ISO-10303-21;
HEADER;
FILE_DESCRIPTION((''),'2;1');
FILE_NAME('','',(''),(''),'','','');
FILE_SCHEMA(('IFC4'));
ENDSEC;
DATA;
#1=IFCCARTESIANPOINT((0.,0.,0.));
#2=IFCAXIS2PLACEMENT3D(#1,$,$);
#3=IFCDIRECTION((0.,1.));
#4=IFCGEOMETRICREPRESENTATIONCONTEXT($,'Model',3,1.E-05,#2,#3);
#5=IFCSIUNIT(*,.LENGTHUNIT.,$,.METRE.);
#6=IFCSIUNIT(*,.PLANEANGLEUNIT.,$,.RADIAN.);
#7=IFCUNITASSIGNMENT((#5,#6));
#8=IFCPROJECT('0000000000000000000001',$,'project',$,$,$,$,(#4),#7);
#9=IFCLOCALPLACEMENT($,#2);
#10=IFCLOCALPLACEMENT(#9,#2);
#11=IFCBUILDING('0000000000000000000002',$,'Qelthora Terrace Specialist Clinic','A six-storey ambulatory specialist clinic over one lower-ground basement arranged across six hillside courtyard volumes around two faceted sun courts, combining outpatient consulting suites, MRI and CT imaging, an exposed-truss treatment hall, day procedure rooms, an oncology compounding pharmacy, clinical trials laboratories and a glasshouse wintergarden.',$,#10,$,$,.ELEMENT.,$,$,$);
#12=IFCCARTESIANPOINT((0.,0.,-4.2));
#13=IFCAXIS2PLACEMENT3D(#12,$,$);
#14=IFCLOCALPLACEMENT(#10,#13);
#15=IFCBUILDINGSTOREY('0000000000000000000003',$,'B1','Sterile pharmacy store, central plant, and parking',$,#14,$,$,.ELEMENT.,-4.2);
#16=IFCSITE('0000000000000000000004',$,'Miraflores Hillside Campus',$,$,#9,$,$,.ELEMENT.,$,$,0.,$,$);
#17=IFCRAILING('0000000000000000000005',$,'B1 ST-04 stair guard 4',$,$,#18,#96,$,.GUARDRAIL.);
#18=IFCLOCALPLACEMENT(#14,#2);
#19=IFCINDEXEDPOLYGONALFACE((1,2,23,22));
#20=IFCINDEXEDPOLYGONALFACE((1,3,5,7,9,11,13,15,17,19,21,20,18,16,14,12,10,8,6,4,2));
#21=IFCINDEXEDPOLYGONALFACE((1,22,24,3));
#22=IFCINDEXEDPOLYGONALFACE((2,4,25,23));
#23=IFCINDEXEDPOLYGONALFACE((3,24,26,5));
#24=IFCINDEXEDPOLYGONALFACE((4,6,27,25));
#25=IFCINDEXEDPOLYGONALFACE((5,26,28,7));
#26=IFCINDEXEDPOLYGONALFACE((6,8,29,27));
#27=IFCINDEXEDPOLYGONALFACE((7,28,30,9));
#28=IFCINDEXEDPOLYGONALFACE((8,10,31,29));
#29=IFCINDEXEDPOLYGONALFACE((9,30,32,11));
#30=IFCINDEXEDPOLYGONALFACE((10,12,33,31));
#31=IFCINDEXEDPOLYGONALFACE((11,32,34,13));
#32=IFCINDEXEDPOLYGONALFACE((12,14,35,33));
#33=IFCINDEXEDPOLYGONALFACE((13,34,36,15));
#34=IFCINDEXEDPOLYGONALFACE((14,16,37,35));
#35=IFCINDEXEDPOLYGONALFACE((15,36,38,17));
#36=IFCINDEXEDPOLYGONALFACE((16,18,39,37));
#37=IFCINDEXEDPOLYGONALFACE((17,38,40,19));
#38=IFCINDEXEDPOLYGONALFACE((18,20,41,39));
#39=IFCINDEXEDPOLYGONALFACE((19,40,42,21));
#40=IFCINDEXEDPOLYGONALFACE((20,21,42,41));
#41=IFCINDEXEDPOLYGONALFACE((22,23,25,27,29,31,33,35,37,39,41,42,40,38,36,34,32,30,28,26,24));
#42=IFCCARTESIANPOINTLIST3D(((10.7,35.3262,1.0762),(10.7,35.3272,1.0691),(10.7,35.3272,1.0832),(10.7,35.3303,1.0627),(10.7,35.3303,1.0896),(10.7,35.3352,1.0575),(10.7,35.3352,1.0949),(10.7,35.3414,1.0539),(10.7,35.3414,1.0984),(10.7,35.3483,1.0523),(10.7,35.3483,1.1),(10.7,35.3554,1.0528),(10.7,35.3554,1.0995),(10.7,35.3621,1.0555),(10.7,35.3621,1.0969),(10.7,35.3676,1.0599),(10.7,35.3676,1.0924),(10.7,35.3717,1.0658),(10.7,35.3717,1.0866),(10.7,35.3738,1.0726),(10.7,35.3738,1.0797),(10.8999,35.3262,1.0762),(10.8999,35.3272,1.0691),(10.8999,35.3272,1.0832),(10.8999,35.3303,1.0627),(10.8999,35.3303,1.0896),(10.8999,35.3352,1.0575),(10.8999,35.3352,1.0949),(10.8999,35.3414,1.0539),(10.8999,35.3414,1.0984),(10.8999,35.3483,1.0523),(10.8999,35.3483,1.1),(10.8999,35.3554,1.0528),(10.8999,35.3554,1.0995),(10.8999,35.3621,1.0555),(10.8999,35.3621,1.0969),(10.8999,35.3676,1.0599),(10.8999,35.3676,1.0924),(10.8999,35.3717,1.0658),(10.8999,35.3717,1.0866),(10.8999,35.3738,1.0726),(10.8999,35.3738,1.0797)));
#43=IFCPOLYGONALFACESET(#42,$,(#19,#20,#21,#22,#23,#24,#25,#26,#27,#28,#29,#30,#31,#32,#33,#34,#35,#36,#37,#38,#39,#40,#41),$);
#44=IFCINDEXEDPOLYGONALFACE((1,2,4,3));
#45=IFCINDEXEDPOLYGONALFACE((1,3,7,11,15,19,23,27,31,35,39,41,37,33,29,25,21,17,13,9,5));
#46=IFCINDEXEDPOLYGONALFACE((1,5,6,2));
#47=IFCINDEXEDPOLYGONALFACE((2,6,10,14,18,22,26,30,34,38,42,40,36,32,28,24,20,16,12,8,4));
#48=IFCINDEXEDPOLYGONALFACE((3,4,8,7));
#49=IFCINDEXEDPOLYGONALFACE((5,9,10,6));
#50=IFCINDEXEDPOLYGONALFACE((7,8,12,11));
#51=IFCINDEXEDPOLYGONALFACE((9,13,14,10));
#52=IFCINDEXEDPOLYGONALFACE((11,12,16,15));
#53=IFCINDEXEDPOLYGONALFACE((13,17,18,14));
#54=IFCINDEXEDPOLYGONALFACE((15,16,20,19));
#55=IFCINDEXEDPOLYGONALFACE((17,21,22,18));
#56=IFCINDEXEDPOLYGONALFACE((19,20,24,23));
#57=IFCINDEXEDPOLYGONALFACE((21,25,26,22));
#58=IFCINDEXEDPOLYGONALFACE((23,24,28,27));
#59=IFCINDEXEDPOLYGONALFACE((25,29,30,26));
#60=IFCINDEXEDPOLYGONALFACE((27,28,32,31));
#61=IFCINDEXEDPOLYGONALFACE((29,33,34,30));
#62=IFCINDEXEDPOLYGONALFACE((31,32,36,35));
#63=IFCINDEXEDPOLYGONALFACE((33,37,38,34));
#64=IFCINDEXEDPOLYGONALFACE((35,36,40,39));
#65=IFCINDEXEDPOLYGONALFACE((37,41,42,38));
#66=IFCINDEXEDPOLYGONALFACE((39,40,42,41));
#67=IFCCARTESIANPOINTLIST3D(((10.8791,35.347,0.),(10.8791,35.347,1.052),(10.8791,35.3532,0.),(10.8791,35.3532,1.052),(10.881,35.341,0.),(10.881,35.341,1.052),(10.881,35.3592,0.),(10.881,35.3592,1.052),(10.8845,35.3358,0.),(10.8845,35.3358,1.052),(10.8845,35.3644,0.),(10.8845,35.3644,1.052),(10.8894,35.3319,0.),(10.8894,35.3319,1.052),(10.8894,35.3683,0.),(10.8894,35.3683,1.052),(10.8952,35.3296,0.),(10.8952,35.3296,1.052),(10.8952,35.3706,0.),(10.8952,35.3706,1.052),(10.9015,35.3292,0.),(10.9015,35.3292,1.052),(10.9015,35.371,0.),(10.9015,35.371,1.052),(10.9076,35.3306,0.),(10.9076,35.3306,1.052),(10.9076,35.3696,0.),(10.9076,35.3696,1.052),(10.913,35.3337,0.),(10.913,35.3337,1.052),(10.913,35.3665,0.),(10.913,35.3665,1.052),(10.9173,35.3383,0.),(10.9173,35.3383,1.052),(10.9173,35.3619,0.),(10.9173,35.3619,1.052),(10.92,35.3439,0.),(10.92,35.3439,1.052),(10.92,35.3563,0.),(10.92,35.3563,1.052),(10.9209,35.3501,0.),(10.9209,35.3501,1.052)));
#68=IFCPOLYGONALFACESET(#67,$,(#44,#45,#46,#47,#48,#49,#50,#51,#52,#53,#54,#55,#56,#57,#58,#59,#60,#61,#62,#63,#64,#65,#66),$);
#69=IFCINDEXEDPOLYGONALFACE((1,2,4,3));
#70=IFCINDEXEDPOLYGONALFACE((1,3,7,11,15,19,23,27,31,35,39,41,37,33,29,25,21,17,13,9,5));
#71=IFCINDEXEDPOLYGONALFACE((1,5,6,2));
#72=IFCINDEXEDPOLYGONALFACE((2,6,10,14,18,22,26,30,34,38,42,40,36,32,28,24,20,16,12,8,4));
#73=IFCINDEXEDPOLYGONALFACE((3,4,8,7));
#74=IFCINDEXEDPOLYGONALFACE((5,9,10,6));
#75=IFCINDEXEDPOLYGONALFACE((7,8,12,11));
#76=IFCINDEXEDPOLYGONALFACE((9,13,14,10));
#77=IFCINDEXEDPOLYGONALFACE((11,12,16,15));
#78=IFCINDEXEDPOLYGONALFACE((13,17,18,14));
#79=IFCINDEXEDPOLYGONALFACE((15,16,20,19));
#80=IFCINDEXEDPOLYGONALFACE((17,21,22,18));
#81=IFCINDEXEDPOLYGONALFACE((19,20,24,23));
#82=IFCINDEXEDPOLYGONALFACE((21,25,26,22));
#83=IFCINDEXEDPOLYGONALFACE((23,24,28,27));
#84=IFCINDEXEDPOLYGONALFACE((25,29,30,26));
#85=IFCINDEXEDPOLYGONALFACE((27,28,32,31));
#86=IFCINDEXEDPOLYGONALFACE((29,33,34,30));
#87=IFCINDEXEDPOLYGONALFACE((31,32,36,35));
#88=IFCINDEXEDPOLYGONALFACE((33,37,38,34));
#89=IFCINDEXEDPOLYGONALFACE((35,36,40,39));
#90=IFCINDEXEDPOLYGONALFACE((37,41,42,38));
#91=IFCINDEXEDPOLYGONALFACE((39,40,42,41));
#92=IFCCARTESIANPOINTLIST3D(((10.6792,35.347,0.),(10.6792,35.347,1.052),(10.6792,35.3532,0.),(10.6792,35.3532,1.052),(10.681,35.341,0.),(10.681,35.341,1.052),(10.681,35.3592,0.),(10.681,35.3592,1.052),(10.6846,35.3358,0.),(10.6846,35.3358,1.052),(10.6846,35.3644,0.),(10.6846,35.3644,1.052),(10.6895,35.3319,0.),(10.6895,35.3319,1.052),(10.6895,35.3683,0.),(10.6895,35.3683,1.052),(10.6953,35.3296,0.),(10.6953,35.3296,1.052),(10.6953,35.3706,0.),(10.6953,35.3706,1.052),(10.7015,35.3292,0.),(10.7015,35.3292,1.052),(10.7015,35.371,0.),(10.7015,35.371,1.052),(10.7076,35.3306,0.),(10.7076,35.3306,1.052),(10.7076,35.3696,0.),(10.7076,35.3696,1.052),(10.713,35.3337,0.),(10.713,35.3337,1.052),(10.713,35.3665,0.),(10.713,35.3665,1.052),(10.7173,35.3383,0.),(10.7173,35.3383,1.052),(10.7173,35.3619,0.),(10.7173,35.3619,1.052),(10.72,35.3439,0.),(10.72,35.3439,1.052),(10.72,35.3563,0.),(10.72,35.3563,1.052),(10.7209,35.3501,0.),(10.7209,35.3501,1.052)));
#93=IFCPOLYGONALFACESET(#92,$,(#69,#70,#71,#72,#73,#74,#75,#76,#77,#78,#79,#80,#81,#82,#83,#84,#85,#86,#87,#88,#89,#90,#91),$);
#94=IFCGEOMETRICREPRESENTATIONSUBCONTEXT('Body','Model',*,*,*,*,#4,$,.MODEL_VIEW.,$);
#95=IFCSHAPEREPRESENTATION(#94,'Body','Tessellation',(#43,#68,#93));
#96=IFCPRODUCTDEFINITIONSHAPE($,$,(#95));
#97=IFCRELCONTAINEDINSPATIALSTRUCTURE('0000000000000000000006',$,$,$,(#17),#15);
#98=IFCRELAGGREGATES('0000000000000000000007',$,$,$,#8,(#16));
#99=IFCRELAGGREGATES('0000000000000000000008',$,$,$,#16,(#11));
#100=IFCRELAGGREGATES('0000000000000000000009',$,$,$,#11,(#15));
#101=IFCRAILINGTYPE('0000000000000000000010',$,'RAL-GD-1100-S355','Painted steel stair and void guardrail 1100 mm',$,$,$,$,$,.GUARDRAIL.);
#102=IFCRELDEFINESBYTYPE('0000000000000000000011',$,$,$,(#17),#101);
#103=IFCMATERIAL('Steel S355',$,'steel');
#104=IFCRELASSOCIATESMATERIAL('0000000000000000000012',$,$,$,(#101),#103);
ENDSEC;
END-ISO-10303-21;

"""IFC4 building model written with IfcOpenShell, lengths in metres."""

from ifc_helpers import new_model, si_unit, direction, frame, origin, origin_2d, place, context, subcontext, project, spatial, circle, extrude, material, type_object, element, save


model = new_model("IFC4")

# Units and contexts
model_context = context("Model", 3, precision=1e-05, world=origin(), true_north=direction((0.0, 1.0)))
body_context = subcontext(model_context, "Body", "Model", "MODEL_VIEW")
ifc_project = project(units=[si_unit("LENGTHUNIT", "METRE"), si_unit("PLANEANGLEUNIT", "RADIAN")], contexts=[model_context])

# Site, building, storey
site_placement = place(None, origin())
site = spatial("IfcSite", under=ifc_project, at=site_placement, Name="Miraflores Hillside Campus", CompositionType="ELEMENT", RefElevation=0.0)
building_placement = place(site_placement, origin())
building = spatial("IfcBuilding", under=site, at=building_placement, Name="Qelthora Terrace Specialist Clinic", Description="A six-storey ambulatory specialist clinic over one lower-ground basement arranged across six hillside courtyard volumes around two faceted sun courts, combining outpatient consulting suites, MRI and CT imaging, an exposed-truss treatment hall, day procedure rooms, an oncology compounding pharmacy, clinical trials laboratories and a glasshouse wintergarden.", CompositionType="ELEMENT")
storey_placement = place(building_placement, frame((0.0, 0.0, -4.2)))
storey = spatial("IfcBuildingStorey", under=building, at=storey_placement, Name="B1", Description="Sterile pharmacy store, central plant, and parking", CompositionType="ELEMENT", Elevation=-4.2)

# Shared definitions
ifc_material_1 = material(Name="Steel S355", Category="steel")

# Railing
railing_type_1 = type_object("IfcRailingType", Name="RAL-GD-1100-S355", Description="Painted steel stair and void guardrail 1100 mm", PredefinedType="GUARDRAIL", material=ifc_material_1)
railing_1_placement = place(storey_placement, frame((10.8999, 35.3501, 0.0)))
element("IfcRailing", 1, at=railing_1_placement, inside=storey, type_object=railing_type_1, Name="B1 ST-04 stair guard 4", PredefinedType="GUARDRAIL", context=body_context, shape_type="SweptSolid", body=[
    extrude(circle(Radius=0.0239, at=origin_2d()), frame((0.0, 0.0, 1.0762), z_axis=(-1.0, 0.0, 0.0), x_axis=(0.0, -1.0, 0.0)), (0.0, 0.0, 1.0), 0.2),
    extrude(circle(Radius=0.021, at=origin_2d()), origin(), (0.0, 0.0, 1.0), 1.052),
    extrude(circle(Radius=0.021, at=origin_2d()), frame((-0.2, 0.0, 0.0)), (0.0, 0.0, 1.0), 1.052),
])

save(model, "model.ifc")
